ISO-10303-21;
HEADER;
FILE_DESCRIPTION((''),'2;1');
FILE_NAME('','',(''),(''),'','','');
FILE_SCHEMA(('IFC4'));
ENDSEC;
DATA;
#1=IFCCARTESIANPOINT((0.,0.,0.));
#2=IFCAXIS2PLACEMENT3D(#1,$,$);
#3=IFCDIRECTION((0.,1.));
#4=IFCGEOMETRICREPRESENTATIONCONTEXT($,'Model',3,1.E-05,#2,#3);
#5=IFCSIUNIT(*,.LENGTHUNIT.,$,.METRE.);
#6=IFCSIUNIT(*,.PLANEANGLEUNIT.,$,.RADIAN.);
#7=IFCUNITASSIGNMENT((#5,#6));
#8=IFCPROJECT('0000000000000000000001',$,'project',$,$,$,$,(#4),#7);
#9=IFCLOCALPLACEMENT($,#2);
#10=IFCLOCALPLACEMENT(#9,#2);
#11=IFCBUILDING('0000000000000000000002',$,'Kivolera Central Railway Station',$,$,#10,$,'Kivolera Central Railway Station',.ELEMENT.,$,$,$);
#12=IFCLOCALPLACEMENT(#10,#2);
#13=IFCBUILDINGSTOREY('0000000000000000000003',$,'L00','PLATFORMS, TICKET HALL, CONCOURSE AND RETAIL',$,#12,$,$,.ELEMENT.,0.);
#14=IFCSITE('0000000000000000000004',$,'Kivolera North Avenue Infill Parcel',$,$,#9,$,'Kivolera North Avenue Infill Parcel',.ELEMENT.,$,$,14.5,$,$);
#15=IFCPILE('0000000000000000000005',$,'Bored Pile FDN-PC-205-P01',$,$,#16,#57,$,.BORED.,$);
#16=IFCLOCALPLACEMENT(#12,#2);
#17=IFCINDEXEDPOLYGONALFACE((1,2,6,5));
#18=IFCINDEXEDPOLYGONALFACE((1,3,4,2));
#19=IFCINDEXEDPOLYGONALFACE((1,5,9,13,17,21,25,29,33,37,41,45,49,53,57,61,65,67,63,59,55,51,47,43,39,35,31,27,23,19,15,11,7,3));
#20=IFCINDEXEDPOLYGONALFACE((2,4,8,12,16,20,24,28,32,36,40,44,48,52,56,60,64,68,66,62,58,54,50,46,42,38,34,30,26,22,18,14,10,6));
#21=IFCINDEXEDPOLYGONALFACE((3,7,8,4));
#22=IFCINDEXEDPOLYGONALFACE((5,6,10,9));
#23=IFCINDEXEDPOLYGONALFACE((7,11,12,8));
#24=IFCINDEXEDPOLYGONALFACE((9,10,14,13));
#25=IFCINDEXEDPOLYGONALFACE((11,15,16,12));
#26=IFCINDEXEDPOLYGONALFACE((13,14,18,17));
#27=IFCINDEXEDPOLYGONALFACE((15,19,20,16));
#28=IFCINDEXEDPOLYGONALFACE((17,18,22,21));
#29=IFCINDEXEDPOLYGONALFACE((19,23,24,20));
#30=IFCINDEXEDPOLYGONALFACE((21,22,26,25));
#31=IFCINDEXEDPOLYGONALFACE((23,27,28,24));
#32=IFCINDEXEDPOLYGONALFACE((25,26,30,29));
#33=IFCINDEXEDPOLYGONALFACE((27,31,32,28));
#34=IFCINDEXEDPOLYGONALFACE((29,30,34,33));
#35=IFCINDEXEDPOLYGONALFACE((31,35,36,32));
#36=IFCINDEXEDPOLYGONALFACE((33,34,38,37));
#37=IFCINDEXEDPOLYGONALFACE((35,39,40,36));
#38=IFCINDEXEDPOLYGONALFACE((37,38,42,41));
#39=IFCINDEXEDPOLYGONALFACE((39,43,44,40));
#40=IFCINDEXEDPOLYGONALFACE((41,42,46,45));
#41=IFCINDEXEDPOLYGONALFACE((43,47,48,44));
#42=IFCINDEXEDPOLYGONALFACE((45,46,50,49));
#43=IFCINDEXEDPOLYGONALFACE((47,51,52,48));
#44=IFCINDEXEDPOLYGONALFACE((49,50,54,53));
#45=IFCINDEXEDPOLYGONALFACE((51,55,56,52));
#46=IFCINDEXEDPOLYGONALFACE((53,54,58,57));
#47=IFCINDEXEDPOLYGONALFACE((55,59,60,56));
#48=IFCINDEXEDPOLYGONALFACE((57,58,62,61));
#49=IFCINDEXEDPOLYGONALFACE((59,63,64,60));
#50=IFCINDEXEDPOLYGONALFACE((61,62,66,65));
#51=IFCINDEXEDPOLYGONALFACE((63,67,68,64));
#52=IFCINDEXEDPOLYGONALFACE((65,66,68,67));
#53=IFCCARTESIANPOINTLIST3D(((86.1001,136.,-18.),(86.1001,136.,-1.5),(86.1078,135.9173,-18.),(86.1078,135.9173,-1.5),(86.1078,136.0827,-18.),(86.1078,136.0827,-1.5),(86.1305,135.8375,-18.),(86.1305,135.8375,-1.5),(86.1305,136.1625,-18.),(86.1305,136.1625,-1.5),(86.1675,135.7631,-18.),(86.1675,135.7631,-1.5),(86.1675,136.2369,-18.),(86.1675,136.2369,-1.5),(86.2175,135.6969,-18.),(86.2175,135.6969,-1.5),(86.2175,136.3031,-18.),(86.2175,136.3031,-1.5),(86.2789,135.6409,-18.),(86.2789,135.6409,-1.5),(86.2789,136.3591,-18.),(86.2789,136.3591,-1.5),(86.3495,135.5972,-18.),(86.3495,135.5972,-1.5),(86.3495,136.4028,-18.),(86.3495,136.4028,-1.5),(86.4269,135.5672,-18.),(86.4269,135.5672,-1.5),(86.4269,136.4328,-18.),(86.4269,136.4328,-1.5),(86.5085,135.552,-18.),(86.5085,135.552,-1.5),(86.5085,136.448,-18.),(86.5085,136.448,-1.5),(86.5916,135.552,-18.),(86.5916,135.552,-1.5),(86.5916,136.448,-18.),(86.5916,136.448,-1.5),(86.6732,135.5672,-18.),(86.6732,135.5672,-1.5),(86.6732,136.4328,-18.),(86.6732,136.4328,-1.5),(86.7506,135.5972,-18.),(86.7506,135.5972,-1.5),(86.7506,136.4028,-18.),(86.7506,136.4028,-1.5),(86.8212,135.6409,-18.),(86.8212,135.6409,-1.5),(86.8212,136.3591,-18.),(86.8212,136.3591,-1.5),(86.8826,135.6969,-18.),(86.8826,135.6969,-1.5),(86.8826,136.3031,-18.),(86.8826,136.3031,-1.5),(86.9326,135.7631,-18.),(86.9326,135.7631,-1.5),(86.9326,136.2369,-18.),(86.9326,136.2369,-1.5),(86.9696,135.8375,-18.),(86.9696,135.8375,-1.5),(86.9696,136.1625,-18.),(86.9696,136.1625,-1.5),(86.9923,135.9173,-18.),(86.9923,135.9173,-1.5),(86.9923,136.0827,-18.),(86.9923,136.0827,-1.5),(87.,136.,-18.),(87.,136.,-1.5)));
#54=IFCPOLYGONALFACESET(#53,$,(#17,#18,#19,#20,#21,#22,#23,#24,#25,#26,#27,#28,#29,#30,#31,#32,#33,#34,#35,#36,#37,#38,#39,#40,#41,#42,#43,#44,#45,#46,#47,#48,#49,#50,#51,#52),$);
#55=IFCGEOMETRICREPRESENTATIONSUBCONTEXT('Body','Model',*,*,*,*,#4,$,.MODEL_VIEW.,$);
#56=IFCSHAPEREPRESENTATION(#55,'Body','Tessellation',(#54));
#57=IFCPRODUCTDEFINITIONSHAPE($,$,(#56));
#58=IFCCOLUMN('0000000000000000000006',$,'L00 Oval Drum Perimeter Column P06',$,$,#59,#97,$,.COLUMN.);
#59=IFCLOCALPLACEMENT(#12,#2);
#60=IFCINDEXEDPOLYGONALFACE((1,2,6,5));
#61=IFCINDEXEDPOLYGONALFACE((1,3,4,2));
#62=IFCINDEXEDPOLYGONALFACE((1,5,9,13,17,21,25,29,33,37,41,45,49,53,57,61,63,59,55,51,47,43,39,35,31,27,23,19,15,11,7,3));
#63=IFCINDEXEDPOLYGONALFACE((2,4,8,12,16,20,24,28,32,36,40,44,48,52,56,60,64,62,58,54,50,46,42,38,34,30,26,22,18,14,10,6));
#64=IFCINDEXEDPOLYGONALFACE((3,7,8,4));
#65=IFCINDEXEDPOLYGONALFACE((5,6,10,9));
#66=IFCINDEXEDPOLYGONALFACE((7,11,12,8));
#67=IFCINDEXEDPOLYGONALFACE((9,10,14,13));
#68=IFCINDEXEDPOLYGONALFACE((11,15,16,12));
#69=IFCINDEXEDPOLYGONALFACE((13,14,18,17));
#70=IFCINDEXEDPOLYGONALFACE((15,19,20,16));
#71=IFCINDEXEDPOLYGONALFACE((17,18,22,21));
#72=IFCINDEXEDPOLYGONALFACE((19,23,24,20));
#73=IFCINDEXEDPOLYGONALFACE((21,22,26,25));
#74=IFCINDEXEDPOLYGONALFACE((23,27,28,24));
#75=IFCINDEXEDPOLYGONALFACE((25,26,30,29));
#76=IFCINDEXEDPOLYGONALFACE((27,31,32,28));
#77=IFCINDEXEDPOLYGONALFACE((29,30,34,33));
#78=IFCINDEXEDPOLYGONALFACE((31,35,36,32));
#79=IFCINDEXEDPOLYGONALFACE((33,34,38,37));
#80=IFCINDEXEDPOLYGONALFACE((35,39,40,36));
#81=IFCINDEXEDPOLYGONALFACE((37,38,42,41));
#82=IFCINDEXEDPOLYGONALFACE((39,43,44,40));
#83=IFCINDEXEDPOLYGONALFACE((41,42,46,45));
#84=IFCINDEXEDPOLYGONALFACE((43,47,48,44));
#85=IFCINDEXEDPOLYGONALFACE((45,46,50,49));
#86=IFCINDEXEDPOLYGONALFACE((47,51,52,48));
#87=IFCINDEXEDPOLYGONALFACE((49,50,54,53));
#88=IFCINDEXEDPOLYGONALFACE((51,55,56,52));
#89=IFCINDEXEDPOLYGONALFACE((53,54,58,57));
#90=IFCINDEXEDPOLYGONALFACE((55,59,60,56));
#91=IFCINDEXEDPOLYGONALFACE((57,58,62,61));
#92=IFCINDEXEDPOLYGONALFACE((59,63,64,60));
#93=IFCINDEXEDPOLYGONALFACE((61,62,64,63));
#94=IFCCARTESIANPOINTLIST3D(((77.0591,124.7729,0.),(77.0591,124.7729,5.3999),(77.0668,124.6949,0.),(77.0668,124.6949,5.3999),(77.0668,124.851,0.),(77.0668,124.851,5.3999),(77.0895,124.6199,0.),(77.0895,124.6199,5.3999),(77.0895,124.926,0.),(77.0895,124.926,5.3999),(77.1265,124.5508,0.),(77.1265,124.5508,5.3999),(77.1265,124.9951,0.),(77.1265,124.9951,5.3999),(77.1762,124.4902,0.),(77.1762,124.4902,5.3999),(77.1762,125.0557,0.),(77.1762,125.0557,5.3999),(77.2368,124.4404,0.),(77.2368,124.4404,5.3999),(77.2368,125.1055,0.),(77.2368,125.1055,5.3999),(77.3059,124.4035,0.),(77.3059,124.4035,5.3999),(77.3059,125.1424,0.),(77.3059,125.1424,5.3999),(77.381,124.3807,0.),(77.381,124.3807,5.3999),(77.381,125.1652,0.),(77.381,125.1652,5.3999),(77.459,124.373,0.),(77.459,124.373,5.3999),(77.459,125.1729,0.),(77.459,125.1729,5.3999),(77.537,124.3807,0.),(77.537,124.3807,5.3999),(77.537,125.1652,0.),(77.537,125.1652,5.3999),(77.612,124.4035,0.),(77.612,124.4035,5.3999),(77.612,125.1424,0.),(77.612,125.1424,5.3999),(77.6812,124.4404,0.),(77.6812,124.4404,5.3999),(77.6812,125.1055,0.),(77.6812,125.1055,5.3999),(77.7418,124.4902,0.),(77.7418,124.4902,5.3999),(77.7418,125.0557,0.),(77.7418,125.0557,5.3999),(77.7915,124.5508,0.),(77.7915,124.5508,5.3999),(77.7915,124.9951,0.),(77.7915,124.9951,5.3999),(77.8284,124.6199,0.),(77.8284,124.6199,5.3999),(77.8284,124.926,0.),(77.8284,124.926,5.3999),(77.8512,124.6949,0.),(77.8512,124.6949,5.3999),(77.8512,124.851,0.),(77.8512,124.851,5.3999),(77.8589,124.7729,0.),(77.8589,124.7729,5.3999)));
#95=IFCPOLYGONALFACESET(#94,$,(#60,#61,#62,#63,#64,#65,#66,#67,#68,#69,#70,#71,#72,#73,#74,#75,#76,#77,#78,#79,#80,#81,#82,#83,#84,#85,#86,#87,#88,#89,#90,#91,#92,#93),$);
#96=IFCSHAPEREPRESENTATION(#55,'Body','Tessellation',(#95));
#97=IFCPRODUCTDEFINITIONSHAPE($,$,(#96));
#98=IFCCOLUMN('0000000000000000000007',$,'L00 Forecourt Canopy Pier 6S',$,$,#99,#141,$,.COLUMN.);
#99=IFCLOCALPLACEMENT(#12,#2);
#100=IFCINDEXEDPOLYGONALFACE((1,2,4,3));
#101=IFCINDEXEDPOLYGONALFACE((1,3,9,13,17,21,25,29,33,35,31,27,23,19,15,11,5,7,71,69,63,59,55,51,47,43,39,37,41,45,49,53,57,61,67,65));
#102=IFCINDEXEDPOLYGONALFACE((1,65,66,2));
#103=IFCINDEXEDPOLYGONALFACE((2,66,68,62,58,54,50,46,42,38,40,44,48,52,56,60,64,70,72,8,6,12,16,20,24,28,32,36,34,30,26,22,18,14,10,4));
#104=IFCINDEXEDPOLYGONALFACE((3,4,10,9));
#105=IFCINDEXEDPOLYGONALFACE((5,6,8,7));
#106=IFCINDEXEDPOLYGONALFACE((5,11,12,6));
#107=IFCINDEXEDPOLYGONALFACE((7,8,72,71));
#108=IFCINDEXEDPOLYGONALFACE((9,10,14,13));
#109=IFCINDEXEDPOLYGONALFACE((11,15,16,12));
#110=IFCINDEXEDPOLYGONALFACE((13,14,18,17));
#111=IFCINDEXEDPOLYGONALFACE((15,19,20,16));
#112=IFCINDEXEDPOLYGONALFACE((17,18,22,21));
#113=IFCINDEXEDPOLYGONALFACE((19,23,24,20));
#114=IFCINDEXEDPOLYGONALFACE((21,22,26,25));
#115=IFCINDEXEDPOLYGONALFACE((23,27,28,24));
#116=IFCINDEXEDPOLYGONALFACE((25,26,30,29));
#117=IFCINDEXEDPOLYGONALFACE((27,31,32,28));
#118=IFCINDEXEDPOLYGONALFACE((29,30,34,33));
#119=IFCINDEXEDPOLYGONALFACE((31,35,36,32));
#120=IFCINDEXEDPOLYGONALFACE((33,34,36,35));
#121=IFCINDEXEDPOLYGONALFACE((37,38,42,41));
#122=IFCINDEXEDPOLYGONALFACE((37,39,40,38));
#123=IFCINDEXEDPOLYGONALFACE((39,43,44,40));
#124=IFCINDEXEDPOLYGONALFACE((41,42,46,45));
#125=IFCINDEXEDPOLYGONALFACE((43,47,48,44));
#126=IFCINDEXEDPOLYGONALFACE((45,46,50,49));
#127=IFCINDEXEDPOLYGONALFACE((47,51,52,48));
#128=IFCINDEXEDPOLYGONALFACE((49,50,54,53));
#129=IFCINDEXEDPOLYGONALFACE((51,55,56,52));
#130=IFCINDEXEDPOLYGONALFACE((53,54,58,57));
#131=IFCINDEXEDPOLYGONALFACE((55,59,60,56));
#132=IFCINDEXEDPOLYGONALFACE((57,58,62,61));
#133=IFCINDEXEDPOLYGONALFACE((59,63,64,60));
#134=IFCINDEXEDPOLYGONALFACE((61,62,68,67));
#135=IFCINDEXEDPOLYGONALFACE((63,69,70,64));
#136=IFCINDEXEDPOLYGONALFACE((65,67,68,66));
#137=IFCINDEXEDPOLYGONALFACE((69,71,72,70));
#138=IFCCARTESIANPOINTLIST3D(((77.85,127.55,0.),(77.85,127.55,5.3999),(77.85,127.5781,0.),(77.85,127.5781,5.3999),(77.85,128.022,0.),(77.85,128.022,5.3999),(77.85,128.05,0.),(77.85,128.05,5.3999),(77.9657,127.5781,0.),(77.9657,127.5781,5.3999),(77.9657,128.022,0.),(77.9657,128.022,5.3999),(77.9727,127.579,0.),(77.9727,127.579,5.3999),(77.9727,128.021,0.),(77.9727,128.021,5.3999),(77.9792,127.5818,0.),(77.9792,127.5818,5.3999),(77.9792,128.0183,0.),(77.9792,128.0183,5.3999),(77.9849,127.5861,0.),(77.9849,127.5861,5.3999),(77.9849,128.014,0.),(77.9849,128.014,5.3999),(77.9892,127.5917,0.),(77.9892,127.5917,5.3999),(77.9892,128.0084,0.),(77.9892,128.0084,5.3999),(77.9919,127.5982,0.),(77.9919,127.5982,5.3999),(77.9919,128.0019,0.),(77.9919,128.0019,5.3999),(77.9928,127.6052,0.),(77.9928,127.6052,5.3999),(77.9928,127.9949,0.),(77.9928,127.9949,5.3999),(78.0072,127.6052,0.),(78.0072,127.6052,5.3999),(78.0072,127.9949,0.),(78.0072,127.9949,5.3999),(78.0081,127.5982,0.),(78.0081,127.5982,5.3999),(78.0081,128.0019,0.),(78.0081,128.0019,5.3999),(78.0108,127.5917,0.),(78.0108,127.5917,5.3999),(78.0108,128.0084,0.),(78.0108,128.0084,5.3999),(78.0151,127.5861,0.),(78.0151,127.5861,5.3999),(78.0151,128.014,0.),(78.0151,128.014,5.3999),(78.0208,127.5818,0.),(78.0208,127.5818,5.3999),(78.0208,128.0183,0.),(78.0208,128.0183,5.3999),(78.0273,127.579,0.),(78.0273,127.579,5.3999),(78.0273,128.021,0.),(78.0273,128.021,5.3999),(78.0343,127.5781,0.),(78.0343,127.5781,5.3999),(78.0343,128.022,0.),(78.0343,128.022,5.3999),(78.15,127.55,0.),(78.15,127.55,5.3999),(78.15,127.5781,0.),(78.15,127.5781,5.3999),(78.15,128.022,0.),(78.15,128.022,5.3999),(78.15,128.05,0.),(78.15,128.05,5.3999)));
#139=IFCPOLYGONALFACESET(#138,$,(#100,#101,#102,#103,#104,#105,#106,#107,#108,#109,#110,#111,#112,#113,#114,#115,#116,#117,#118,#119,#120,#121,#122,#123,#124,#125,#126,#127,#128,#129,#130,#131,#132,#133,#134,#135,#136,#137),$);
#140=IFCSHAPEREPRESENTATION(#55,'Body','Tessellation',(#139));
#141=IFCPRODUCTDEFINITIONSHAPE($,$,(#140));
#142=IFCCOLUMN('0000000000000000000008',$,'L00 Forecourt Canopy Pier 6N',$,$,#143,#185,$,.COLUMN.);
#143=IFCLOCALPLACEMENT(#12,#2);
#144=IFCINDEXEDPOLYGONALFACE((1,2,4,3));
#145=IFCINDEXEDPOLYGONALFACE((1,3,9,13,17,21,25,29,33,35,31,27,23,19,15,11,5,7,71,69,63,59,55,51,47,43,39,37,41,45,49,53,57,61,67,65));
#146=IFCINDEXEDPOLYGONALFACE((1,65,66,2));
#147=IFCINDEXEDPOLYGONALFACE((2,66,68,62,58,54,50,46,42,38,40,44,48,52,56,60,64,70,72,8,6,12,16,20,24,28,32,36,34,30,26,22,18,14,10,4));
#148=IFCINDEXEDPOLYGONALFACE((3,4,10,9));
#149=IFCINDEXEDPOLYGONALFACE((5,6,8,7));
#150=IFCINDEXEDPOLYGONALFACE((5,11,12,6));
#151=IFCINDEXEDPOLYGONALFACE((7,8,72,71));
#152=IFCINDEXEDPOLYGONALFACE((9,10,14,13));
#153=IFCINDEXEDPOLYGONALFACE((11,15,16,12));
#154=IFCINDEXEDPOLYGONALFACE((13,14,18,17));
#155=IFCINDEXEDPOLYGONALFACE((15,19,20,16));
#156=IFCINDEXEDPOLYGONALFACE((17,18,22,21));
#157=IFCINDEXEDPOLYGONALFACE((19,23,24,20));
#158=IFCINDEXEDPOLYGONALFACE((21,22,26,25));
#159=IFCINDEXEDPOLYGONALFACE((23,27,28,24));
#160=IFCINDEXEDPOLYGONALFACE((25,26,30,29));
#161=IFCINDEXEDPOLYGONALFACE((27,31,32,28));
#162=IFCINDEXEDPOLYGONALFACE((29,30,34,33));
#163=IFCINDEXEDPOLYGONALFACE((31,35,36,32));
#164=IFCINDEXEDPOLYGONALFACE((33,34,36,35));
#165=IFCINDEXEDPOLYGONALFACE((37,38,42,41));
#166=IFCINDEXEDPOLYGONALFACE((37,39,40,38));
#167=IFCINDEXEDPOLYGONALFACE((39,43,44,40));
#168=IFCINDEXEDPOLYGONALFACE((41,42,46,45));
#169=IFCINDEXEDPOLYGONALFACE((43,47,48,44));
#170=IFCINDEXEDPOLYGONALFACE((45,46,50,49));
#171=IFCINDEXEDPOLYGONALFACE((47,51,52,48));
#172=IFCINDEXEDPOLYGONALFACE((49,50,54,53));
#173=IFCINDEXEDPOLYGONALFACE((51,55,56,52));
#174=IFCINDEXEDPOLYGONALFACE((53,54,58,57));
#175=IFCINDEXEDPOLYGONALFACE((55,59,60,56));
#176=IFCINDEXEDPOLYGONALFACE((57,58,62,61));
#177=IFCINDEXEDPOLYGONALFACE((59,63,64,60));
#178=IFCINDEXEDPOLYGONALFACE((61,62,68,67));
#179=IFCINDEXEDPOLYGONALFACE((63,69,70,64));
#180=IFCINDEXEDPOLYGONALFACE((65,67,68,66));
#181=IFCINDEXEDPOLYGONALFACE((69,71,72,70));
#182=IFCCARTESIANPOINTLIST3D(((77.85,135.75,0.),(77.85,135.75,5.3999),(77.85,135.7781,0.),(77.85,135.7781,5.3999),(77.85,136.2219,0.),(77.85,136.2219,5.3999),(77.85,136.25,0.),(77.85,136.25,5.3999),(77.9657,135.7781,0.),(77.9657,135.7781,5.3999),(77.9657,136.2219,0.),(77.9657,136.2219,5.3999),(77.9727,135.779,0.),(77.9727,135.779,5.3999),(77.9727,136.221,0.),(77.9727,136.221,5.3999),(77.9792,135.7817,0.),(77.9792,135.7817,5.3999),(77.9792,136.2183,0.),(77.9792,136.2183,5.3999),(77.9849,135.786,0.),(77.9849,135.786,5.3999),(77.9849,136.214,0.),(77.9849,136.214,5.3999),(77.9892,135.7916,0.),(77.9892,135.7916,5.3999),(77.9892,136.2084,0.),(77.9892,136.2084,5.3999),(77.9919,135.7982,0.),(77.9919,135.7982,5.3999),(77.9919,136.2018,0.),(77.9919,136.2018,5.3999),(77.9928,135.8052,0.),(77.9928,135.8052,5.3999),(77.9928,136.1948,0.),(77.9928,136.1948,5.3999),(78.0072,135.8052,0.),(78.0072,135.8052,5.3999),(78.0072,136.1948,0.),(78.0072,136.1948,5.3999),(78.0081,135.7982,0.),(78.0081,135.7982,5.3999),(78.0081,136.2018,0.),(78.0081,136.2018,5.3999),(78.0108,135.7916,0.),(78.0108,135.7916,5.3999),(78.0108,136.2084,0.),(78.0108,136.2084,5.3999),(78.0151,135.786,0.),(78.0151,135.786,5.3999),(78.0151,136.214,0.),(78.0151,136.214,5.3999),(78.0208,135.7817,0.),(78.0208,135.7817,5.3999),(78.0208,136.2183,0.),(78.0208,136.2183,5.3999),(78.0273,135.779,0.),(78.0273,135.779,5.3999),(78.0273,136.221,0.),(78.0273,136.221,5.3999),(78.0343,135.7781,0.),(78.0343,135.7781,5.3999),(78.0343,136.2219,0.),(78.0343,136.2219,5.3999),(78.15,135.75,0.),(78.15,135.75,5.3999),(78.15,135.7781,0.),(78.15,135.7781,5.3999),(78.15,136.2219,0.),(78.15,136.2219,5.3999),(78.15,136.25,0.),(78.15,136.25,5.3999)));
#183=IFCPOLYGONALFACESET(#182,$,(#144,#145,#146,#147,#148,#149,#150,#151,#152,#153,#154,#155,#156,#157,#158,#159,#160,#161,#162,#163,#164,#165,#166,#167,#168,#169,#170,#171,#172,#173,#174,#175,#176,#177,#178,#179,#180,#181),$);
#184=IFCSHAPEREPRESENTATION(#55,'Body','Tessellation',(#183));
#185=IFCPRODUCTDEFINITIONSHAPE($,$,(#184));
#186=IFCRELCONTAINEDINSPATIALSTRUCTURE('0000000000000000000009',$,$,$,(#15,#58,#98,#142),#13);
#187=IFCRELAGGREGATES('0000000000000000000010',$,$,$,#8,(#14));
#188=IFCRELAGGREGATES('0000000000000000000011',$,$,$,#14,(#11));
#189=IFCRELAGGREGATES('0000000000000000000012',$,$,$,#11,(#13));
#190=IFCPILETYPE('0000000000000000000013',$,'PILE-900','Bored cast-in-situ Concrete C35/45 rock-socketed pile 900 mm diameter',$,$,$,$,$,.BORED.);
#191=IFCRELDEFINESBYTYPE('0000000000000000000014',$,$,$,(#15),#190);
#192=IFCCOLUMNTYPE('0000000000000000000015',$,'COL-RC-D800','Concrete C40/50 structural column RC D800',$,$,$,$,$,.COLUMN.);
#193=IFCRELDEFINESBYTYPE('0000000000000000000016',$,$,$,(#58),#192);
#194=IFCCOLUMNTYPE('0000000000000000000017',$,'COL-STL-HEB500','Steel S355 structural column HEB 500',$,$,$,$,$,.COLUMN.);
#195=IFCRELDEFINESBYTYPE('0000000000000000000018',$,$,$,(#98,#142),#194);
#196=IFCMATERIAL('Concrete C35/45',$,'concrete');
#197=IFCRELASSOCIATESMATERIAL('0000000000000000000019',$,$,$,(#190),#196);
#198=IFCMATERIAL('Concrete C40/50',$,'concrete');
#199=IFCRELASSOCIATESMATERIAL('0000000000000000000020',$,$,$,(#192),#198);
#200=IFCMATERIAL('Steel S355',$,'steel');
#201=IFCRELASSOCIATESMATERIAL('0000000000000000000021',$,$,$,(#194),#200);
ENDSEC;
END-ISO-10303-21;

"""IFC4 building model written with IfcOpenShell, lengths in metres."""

from ifc_helpers import new_model, si_unit, direction, frame, origin, origin_2d, place, context, subcontext, project, spatial, circle, i_section, extrude, material, material_profile, profile_set, type_object, element, save


model = new_model("IFC4")

# Units and contexts
model_context = context("Model", 3, precision=1e-05, world=origin(), true_north=direction((0.0, 1.0)))
body_context = subcontext(model_context, "Body", "Model", "MODEL_VIEW")
ifc_project = project(units=[si_unit("LENGTHUNIT", "METRE"), si_unit("PLANEANGLEUNIT", "RADIAN")], contexts=[model_context])

# Site, building, storey
site_placement = place(None, origin())
site = spatial("IfcSite", under=ifc_project, at=site_placement, Name="Kivolera North Avenue Infill Parcel", LongName="Kivolera North Avenue Infill Parcel", CompositionType="ELEMENT", RefElevation=14.5)
building_placement = place(site_placement, origin())
building = spatial("IfcBuilding", under=site, at=building_placement, Name="Kivolera Central Railway Station", LongName="Kivolera Central Railway Station", CompositionType="ELEMENT")
storey_placement = place(building_placement, origin())
storey = spatial("IfcBuildingStorey", under=building, at=storey_placement, Name="L00", Description="PLATFORMS, TICKET HALL, CONCOURSE AND RETAIL", CompositionType="ELEMENT", Elevation=0.0)

# Shared definitions
ifc_material_1 = material(Name="Concrete C35/45", Category="concrete")

# Pile
ifc_material_profile_1 = material_profile(ifc_material_1, circle(Radius=0.45, at=origin_2d()), Name="PILE D900")
ifc_profile_set_1 = profile_set([ifc_material_profile_1], Name="Concrete C35/45")
pile_type_1 = type_object("IfcPileType", Name="PILE-900", Description="Bored cast-in-situ Concrete C35/45 rock-socketed pile 900 mm diameter", PredefinedType="BORED", material=ifc_profile_set_1)
for number, where, z_axis, x_axis, name in (
    (1, (86.55, 136.0, -1.5), (0.0, 0.0, -1.0), (1.0, 0.0, 0.0), "Bored Pile FDN-PC-205-P01"),
):
    element("IfcPile", number, at=place(storey_placement, frame(where, z_axis=z_axis, x_axis=x_axis)), inside=storey, type_object=pile_type_1, Name=name, PredefinedType="BORED", context=body_context, shape_type="SweptSolid", body=[
        extrude(circle(Radius=0.45, at=origin_2d()), origin(), (0.0, 0.0, 1.0), 16.5),
    ])

# Columns
ifc_material_2 = material(Name="Concrete C40/50", Category="concrete")
ifc_material_profile_2 = material_profile(ifc_material_2, circle(Radius=0.3999, at=origin_2d()), Name="RC D800")
ifc_profile_set_2 = profile_set([ifc_material_profile_2], Name="Concrete C40/50")
column_type_1 = type_object("IfcColumnType", Name="COL-RC-D800", Description="Concrete C40/50 structural column RC D800", PredefinedType="COLUMN", material=ifc_profile_set_2)
column_placement = place(storey_placement, frame((77.459, 124.7729, 0.0), z_axis=(0.0, 0.0, 1.0), x_axis=(1.0, 0.0, 0.0)))
element("IfcColumn", 2, at=column_placement, inside=storey, type_object=column_type_1, Name="L00 Oval Drum Perimeter Column P06", PredefinedType="COLUMN", context=body_context, shape_type="SweptSolid", body=[
    extrude(circle(Radius=0.3999, at=origin_2d()), origin(), (0.0, 0.0, 1.0), 5.3999),
])
ifc_material_3 = material(Name="Steel S355", Category="steel")
ifc_material_profile_3 = material_profile(ifc_material_3, i_section(OverallWidth=0.3, OverallDepth=0.5, WebThickness=0.0144, FlangeThickness=0.0281, FilletRadius=0.0271, at=origin_2d()), Name="HEB 500")
ifc_profile_set_3 = profile_set([ifc_material_profile_3], Name="Steel S355")
column_type_2 = type_object("IfcColumnType", Name="COL-STL-HEB500", Description="Steel S355 structural column HEB 500", PredefinedType="COLUMN", material=ifc_profile_set_3)
for number, where, z_axis, x_axis, name in (
    (3, (78.0, 127.8, 0.0), (0.0, 0.0, 1.0), (1.0, 0.0, 0.0), "L00 Forecourt Canopy Pier 6S"),
    (4, (78.0, 136.0, 0.0), (0.0, 0.0, 1.0), (1.0, 0.0, 0.0), "L00 Forecourt Canopy Pier 6N"),
):
    element("IfcColumn", number, at=place(storey_placement, frame(where, z_axis=z_axis, x_axis=x_axis)), inside=storey, type_object=column_type_2, Name=name, PredefinedType="COLUMN", context=body_context, shape_type="SweptSolid", body=[
        extrude(i_section(OverallWidth=0.3, OverallDepth=0.5, WebThickness=0.0144, FlangeThickness=0.0281, FilletRadius=0.0271, at=origin_2d()), origin(), (0.0, 0.0, 1.0), 5.3999),
    ])

save(model, "model.ifc")
